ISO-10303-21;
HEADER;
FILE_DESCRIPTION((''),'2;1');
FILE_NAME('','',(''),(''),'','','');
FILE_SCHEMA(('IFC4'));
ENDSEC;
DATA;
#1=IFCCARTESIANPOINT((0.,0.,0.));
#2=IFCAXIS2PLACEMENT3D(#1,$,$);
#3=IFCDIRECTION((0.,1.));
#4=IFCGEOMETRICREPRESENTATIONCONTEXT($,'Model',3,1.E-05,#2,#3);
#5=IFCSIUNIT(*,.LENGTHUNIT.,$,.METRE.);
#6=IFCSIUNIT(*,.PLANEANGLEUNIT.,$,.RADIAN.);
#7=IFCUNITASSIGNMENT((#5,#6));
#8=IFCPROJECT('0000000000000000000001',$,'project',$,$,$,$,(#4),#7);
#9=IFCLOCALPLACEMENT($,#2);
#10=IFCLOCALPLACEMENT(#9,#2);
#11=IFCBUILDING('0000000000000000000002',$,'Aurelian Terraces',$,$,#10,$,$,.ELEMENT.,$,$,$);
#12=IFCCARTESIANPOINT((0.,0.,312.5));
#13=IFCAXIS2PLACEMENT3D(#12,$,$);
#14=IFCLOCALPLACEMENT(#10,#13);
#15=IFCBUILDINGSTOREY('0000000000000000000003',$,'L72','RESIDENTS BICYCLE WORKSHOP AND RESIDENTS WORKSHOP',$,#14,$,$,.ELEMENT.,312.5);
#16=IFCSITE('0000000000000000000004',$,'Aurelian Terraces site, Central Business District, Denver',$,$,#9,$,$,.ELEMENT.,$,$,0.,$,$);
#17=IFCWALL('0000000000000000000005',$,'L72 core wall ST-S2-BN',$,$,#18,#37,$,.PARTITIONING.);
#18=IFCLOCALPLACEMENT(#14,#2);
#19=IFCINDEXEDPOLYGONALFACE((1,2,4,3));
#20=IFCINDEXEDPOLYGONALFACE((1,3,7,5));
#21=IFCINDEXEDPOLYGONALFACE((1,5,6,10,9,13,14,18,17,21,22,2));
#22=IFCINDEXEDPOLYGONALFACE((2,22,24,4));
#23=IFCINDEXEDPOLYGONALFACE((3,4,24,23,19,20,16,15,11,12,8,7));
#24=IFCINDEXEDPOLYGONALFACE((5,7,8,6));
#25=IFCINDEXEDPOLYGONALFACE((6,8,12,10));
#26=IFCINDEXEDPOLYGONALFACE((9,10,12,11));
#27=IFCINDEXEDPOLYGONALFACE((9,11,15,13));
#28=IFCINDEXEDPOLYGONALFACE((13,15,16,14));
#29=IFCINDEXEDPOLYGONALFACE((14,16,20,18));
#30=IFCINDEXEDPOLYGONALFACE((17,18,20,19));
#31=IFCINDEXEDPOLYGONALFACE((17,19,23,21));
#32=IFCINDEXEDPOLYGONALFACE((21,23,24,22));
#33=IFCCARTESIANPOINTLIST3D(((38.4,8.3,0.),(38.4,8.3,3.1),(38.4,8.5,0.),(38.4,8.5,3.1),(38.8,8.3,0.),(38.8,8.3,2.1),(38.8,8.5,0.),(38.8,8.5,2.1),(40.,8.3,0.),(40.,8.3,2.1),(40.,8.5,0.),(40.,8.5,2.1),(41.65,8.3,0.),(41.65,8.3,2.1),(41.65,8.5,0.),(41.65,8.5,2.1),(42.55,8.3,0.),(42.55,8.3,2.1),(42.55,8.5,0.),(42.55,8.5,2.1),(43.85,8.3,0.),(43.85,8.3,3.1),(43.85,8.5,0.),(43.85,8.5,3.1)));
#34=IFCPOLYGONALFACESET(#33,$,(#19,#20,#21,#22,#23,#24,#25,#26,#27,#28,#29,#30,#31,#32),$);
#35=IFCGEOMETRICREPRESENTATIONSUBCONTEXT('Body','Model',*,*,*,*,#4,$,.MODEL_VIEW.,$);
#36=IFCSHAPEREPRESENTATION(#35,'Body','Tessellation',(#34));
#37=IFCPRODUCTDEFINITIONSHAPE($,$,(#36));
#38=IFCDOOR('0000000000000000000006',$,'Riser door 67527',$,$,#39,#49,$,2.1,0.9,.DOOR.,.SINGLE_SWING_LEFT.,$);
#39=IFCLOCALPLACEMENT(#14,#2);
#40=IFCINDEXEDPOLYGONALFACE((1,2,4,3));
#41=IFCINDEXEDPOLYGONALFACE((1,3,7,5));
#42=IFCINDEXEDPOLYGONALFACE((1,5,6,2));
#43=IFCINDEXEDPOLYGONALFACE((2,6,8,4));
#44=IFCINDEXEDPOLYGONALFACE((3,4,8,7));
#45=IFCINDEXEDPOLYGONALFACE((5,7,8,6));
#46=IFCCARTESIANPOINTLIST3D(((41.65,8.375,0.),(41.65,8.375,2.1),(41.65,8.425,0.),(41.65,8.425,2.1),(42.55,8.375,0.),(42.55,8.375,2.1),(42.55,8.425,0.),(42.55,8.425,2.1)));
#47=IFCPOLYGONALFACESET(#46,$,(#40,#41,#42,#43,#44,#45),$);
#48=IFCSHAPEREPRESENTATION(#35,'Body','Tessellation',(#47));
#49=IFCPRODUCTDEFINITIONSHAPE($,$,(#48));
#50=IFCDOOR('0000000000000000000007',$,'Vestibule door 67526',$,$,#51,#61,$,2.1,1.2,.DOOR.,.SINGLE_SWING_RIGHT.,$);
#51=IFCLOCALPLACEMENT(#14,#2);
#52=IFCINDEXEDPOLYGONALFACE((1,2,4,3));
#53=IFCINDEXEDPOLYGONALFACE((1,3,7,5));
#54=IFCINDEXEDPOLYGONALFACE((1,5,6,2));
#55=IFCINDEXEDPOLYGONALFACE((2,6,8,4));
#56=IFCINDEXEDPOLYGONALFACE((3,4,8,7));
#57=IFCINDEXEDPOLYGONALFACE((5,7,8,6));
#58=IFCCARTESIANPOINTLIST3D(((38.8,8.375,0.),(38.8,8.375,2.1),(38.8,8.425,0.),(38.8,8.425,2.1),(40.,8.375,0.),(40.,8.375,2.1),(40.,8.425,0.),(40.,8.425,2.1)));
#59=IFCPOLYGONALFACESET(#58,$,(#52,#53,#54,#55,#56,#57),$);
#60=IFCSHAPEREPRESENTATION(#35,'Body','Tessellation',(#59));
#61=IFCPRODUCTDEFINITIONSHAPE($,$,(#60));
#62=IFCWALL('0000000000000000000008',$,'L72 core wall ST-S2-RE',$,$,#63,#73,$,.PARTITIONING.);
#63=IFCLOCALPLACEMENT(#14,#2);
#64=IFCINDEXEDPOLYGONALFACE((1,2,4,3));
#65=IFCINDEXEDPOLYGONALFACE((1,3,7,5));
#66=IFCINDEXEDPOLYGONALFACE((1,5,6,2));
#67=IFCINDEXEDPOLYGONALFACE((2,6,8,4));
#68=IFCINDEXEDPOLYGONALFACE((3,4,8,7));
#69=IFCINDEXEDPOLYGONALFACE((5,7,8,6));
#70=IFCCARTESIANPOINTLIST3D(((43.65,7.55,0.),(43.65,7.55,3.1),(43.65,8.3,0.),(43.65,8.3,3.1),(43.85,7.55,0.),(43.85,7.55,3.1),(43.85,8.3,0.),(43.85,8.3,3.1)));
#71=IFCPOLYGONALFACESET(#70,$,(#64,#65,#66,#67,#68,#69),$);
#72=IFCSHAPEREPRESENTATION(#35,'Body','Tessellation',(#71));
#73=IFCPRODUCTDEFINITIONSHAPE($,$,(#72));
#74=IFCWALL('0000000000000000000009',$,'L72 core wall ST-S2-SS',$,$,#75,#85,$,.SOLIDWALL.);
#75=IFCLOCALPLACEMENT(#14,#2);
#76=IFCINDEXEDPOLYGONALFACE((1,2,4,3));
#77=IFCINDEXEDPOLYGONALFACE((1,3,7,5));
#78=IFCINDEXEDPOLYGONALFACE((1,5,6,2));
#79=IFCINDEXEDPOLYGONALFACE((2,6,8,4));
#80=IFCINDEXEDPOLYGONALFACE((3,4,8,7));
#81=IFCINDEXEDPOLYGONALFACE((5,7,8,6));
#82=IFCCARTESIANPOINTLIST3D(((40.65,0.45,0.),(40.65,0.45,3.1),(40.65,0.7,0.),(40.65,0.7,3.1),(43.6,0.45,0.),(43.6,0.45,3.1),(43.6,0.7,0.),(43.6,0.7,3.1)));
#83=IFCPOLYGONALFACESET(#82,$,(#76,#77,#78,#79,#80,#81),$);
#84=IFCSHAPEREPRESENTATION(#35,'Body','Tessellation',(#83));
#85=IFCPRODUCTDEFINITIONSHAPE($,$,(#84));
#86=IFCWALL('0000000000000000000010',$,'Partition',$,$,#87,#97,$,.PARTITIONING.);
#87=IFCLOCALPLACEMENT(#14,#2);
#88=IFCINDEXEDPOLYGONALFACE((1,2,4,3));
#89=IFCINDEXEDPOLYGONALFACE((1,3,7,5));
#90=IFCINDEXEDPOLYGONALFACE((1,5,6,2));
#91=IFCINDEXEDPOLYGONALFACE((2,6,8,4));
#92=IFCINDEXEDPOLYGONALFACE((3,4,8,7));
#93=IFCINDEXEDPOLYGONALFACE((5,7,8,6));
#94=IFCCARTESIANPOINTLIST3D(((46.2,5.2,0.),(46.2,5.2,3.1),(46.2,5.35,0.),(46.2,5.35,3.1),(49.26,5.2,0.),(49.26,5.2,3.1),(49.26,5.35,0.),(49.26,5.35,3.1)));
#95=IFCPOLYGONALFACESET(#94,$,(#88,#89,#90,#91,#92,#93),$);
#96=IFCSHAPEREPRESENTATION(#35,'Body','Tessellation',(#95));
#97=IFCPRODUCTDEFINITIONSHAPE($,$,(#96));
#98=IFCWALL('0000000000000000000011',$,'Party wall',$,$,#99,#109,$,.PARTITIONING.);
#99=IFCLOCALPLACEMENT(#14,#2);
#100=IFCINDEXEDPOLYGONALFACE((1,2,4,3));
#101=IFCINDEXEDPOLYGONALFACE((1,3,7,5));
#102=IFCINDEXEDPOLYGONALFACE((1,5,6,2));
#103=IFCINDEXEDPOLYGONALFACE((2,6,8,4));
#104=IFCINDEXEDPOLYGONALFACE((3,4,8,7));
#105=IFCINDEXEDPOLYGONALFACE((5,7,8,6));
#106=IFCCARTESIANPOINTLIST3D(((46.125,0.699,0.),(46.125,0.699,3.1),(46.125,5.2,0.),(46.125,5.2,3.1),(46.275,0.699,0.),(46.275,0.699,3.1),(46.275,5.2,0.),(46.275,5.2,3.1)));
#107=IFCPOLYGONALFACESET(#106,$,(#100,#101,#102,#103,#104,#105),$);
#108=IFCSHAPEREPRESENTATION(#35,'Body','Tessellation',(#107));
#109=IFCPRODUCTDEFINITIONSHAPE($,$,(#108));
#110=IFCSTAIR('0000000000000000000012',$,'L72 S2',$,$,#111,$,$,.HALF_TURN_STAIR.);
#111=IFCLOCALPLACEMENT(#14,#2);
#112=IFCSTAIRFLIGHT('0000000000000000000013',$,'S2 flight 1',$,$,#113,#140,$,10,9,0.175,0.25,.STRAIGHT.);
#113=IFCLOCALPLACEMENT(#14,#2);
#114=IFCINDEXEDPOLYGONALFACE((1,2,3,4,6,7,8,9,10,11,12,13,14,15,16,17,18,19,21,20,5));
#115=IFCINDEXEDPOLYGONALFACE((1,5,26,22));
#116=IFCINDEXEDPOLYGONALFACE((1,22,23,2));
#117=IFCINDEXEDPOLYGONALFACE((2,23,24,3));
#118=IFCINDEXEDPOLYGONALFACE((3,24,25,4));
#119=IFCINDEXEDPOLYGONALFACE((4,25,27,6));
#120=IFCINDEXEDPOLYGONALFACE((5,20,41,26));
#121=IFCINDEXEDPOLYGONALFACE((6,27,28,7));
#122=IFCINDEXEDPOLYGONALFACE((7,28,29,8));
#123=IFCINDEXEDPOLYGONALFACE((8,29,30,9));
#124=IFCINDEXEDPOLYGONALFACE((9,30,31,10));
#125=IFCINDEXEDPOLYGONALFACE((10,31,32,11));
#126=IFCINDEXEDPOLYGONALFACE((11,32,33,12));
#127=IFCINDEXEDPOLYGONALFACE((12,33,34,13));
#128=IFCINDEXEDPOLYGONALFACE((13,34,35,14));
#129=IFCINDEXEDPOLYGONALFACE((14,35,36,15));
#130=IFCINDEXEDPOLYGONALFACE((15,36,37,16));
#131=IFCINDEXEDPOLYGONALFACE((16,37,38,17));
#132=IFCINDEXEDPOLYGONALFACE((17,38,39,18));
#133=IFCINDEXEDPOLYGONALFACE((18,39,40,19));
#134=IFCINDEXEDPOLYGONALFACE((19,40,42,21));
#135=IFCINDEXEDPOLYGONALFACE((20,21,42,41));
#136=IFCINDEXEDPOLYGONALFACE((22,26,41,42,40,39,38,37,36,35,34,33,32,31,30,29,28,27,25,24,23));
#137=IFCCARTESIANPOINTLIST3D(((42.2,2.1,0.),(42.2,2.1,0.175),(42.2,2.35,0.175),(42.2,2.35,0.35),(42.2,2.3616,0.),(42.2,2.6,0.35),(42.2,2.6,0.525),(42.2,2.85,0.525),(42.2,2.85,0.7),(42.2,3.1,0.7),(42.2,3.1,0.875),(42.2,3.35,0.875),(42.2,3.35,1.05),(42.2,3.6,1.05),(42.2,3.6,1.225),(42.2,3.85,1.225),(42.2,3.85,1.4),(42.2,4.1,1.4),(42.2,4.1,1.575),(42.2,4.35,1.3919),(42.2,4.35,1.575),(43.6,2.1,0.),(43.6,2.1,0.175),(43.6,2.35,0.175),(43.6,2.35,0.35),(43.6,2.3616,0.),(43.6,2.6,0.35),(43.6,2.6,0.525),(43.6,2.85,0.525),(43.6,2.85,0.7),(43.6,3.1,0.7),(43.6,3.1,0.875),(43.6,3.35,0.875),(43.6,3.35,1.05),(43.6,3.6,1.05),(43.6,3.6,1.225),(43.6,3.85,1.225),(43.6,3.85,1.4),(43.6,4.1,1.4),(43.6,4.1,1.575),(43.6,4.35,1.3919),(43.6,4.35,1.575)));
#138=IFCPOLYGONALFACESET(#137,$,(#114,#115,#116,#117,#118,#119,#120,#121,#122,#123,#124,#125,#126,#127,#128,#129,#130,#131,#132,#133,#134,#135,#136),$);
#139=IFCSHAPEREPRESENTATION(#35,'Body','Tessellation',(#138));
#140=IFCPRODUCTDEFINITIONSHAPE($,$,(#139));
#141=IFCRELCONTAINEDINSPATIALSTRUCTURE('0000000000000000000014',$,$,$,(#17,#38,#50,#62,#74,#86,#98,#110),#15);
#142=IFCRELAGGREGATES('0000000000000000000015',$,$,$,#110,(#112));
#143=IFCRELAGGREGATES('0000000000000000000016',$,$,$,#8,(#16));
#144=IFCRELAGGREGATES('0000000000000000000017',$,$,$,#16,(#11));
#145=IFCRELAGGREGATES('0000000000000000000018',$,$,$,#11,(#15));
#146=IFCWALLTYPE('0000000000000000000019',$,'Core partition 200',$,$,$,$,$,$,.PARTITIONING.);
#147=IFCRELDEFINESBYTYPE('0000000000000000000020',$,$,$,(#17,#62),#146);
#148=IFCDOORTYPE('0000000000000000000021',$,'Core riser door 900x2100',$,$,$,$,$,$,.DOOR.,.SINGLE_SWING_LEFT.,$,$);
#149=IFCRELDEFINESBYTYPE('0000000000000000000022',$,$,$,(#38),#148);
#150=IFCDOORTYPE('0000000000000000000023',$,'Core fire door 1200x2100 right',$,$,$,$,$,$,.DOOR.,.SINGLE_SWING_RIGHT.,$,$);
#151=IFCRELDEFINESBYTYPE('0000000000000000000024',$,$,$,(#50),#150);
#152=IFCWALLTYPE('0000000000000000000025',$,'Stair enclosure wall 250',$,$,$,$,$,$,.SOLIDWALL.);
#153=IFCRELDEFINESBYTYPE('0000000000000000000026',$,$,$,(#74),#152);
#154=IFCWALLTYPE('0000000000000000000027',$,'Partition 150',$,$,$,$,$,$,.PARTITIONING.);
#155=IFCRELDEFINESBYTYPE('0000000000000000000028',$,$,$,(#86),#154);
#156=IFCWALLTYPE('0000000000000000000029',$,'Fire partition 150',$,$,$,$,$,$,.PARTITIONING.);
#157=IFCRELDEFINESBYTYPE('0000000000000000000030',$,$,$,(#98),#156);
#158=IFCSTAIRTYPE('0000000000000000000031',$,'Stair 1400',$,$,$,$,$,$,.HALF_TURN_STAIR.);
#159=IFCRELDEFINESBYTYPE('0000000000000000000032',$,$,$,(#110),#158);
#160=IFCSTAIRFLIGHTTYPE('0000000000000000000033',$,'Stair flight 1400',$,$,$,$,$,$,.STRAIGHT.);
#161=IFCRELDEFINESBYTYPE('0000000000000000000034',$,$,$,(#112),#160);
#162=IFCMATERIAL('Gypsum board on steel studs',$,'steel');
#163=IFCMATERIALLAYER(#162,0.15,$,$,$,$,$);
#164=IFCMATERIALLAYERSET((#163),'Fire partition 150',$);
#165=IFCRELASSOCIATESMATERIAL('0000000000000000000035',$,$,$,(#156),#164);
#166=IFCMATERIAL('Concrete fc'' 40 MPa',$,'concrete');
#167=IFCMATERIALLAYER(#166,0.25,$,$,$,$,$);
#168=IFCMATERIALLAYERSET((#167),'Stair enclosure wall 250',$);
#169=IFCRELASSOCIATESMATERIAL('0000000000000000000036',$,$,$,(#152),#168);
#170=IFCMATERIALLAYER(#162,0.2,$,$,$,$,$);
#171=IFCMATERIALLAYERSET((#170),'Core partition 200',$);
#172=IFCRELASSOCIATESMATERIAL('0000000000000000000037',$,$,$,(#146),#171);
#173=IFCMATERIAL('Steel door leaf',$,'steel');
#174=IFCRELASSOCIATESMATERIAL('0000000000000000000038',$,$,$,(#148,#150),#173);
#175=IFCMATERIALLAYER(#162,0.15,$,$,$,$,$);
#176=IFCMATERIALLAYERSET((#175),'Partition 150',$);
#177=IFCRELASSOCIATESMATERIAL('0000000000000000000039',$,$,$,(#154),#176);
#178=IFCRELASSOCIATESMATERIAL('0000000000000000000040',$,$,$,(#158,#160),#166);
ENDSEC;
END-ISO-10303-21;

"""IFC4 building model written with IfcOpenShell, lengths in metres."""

from ifc_helpers import new_model, si_unit, direction, frame, frame_2d, origin, place, context, subcontext, project, spatial, polyline, rectangle, outline, extrude, source, transform, mapped, material, layer, layer_set, type_object, element, fill, aggregate, save


model = new_model("IFC4")

# Units and contexts
model_context = context("Model", 3, precision=1e-05, world=origin(), true_north=direction((0.0, 1.0)))
body_context = subcontext(model_context, "Body", "Model", "MODEL_VIEW")
ifc_project = project(units=[si_unit("LENGTHUNIT", "METRE"), si_unit("PLANEANGLEUNIT", "RADIAN")], contexts=[model_context])

# Site, building, storey
site_placement = place(None, origin())
site = spatial("IfcSite", under=ifc_project, at=site_placement, Name="Aurelian Terraces site, Central Business District, Denver", CompositionType="ELEMENT", RefElevation=0.0)
building_placement = place(site_placement, origin())
building = spatial("IfcBuilding", under=site, at=building_placement, Name="Aurelian Terraces", CompositionType="ELEMENT")
storey_placement = place(building_placement, frame((0.0, 0.0, 312.5)))
storey = spatial("IfcBuildingStorey", under=building, at=storey_placement, Name="L72", Description="RESIDENTS BICYCLE WORKSHOP AND RESIDENTS WORKSHOP", CompositionType="ELEMENT", Elevation=312.5)

# Shared definitions
ifc_material_1 = material(Name="Gypsum board on steel studs", Category="steel")
ifc_layer_1 = layer(ifc_material_1, 0.15)
ifc_layer_set_1 = layer_set([ifc_layer_1], Name="Fire partition 150")
wall_type_1 = type_object("IfcWallType", Name="Fire partition 150", PredefinedType="PARTITIONING", material=ifc_layer_set_1)

# Shared definitions
ifc_material_2 = material(Name="Concrete fc' 40 MPa", Category="concrete")

# Shared definitions
ifc_layer_2 = layer(ifc_material_2, 0.25)
ifc_layer_set_2 = layer_set([ifc_layer_2], Name="Stair enclosure wall 250")
wall_type_2 = type_object("IfcWallType", Name="Stair enclosure wall 250", PredefinedType="SOLIDWALL", material=ifc_layer_set_2)
ifc_material_3 = material(Name="Steel door leaf", Category="steel")

# Shared definitions
ifc_layer_3 = layer(ifc_material_1, 0.2)
ifc_layer_set_3 = layer_set([ifc_layer_3], Name="Core partition 200")
wall_type_3 = type_object("IfcWallType", Name="Core partition 200", PredefinedType="PARTITIONING", material=ifc_layer_set_3)

# Wall, openings, doors
shared_shape_1 = source(origin(), body_context, "Body", "SweptSolid", [
    extrude(rectangle(XDim=5.45, YDim=0.2, at=frame_2d((2.725, 0.0))), origin(), (0.0, 0.0, 1.0), 3.1),
])
wall_1_placement = place(storey_placement, frame((38.4, 8.4, 0.0), z_axis=(0.0, 0.0, 1.0), x_axis=(1.0, 0.0, 0.0)))
wall_1 = element("IfcWall", 1, at=wall_1_placement, inside=storey, type_object=wall_type_3, Name="L72 core wall ST-S2-BN", PredefinedType="PARTITIONING", context=body_context, shape_type="MappedRepresentation", body=[
    mapped(shared_shape_1, transform((0.0, 0.0, 0.0), scale=1.0)),
])
shared_shape_2 = source(origin(), body_context, "Body", "SweptSolid", [
    extrude(rectangle(XDim=1.2, YDim=2.1, at=frame_2d((0.6, 1.05))), frame((0.0, 0.11, 0.0), z_axis=(0.0, -1.0, 0.0), x_axis=(1.0, 0.0, 0.0)), (0.0, 0.0, 1.0), 0.22),
])
opening_1_placement = place(wall_1_placement, frame((0.4, 0.0, 0.0)))
opening_1 = element("IfcOpeningElement", 2, at=opening_1_placement, cuts=wall_1, PredefinedType="OPENING", context=body_context, shape_type="MappedRepresentation", body=[
    mapped(shared_shape_2, transform((0.0, 0.0, 0.0), scale=1.0)),
])
shared_shape_3 = source(origin(), body_context, "Body", "SweptSolid", [
    extrude(rectangle(XDim=0.9, YDim=2.1, at=frame_2d((0.45, 1.05))), frame((0.0, 0.11, 0.0), z_axis=(0.0, -1.0, 0.0), x_axis=(1.0, 0.0, 0.0)), (0.0, 0.0, 1.0), 0.22),
])
opening_2_placement = place(wall_1_placement, frame((3.25, 0.0, 0.0)))
opening_2 = element("IfcOpeningElement", 3, at=opening_2_placement, cuts=wall_1, PredefinedType="OPENING", context=body_context, shape_type="MappedRepresentation", body=[
    mapped(shared_shape_3, transform((0.0, 0.0, 0.0), scale=1.0)),
])
door_type_1 = type_object("IfcDoorType", Name="Core riser door 900x2100", OperationType="SINGLE_SWING_LEFT", PredefinedType="DOOR", material=ifc_material_3)
shared_shape_4 = source(origin(), body_context, "Body", "SweptSolid", [
    extrude(rectangle(XDim=0.9, YDim=2.1, at=frame_2d((0.45, 1.05))), frame((0.0, 0.025, 0.0), z_axis=(0.0, -1.0, 0.0), x_axis=(1.0, 0.0, 0.0)), (0.0, 0.0, 1.0), 0.05),
])
door_1_placement = place(opening_2_placement, origin())
door_1 = element("IfcDoor", 4, at=door_1_placement, inside=storey, type_object=door_type_1, Name="Riser door 67527", OperationType="SINGLE_SWING_LEFT", OverallHeight=2.1, OverallWidth=0.9, PredefinedType="DOOR", context=body_context, shape_type="MappedRepresentation", body=[
    mapped(shared_shape_4, transform((0.0, 0.0, 0.0), scale=1.0)),
])
fill(opening_2, door_1)
door_type_2 = type_object("IfcDoorType", Name="Core fire door 1200x2100 right", OperationType="SINGLE_SWING_RIGHT", PredefinedType="DOOR", material=ifc_material_3)
shared_shape_5 = source(origin(), body_context, "Body", "SweptSolid", [
    extrude(rectangle(XDim=1.2, YDim=2.1, at=frame_2d((0.6, 1.05))), frame((0.0, 0.025, 0.0), z_axis=(0.0, -1.0, 0.0), x_axis=(1.0, 0.0, 0.0)), (0.0, 0.0, 1.0), 0.05),
])
door_2_placement = place(opening_1_placement, origin())
door_2 = element("IfcDoor", 5, at=door_2_placement, inside=storey, type_object=door_type_2, Name="Vestibule door 67526", OperationType="SINGLE_SWING_RIGHT", OverallHeight=2.1, OverallWidth=1.2, PredefinedType="DOOR", context=body_context, shape_type="MappedRepresentation", body=[
    mapped(shared_shape_5, transform((0.0, 0.0, 0.0), scale=1.0)),
])
fill(opening_1, door_2)

# Walls
shared_shape_6 = source(origin(), body_context, "Body", "SweptSolid", [
    extrude(rectangle(XDim=0.75, YDim=0.2, at=frame_2d((0.375, 0.0))), origin(), (0.0, 0.0, 1.0), 3.1),
])
wall_2_placement = place(storey_placement, frame((43.75, 7.55, 0.0), z_axis=(0.0, 0.0, 1.0), x_axis=(0.0, 1.0, 0.0)))
element("IfcWall", 6, at=wall_2_placement, inside=storey, type_object=wall_type_3, Name="L72 core wall ST-S2-RE", PredefinedType="PARTITIONING", context=body_context, shape_type="MappedRepresentation", body=[
    mapped(shared_shape_6, transform((0.0, 0.0, 0.0), scale=1.0)),
])
shared_shape_7 = source(origin(), body_context, "Body", "SweptSolid", [
    extrude(rectangle(XDim=2.95, YDim=0.25, at=frame_2d((1.475, 0.0))), origin(), (0.0, 0.0, 1.0), 3.1),
])
wall_3_placement = place(storey_placement, frame((40.65, 0.575, 0.0), z_axis=(0.0, 0.0, 1.0), x_axis=(1.0, 0.0, 0.0)))
element("IfcWall", 7, at=wall_3_placement, inside=storey, type_object=wall_type_2, Name="L72 core wall ST-S2-SS", PredefinedType="SOLIDWALL", context=body_context, shape_type="MappedRepresentation", body=[
    mapped(shared_shape_7, transform((0.0, 0.0, 0.0), scale=1.0)),
])
ifc_layer_4 = layer(ifc_material_1, 0.15)
ifc_layer_set_4 = layer_set([ifc_layer_4], Name="Partition 150")
wall_type_4 = type_object("IfcWallType", Name="Partition 150", PredefinedType="PARTITIONING", material=ifc_layer_set_4)
shared_shape_8 = source(origin(), body_context, "Body", "SweptSolid", [
    extrude(rectangle(XDim=3.06, YDim=0.15, at=frame_2d((1.53, 0.0))), origin(), (0.0, 0.0, 1.0), 3.1),
])
wall_4_placement = place(storey_placement, frame((49.26, 5.275, 0.0), z_axis=(0.0, 0.0, 1.0), x_axis=(-1.0, 0.0, 0.0)))
element("IfcWall", 8, at=wall_4_placement, inside=storey, type_object=wall_type_4, Name="Partition", PredefinedType="PARTITIONING", context=body_context, shape_type="MappedRepresentation", body=[
    mapped(shared_shape_8, transform((0.0, 0.0, 0.0), scale=1.0)),
])
shared_shape_9 = source(origin(), body_context, "Body", "SweptSolid", [
    extrude(rectangle(XDim=4.501, YDim=0.15, at=frame_2d((2.2505, 0.0))), origin(), (0.0, 0.0, 1.0), 3.1),
])
wall_5_placement = place(storey_placement, frame((46.2, 0.699, 0.0), z_axis=(0.0, 0.0, 1.0), x_axis=(0.0, 1.0, 0.0)))
element("IfcWall", 9, at=wall_5_placement, inside=storey, type_object=wall_type_1, Name="Party wall", PredefinedType="PARTITIONING", context=body_context, shape_type="MappedRepresentation", body=[
    mapped(shared_shape_9, transform((0.0, 0.0, 0.0), scale=1.0)),
])

# Stair, stair flight
stair_type = type_object("IfcStairType", Name="Stair 1400", PredefinedType="HALF_TURN_STAIR", material=ifc_material_2)
stair_placement = place(storey_placement, origin())
stair = element("IfcStair", 10, at=stair_placement, inside=storey, type_object=stair_type, Name="L72 S2", PredefinedType="HALF_TURN_STAIR")
stair_flight_type = type_object("IfcStairFlightType", Name="Stair flight 1400", PredefinedType="STRAIGHT", material=ifc_material_2)
shared_shape_10 = source(origin(), body_context, "Body", "SweptSolid", [
    extrude(outline(polyline([(0.0, 0.0), (0.0, 0.175), (0.25, 0.175), (0.25, 0.35), (0.5, 0.35), (0.5, 0.525), (0.75, 0.525), (0.75, 0.7), (1.0, 0.7), (1.0, 0.875), (1.25, 0.875), (1.25, 1.05), (1.5, 1.05), (1.5, 1.225), (1.75, 1.225), (1.75, 1.4), (2.0, 1.4), (2.0, 1.575), (2.25, 1.575), (2.25, 1.75), (2.25, 1.3919), (0.2616, 0.0), (0.0, 0.0)])), frame((0.0, 0.7, 0.0), z_axis=(0.0, -1.0, 0.0), x_axis=(1.0, 0.0, 0.0)), (0.0, 0.0, 1.0), 1.4),
])
stair_flight_1_placement = place(storey_placement, frame((42.9, 2.1, 0.0), z_axis=(0.0, 0.0, 1.0), x_axis=(0.0, 1.0, 0.0)))
stair_flight_1 = element("IfcStairFlight", 11, at=stair_flight_1_placement, type_object=stair_flight_type, Name="S2 flight 1", NumberOfRisers=10, NumberOfTreads=9, PredefinedType="STRAIGHT", RiserHeight=0.175, TreadLength=0.25, context=body_context, shape_type="MappedRepresentation", body=[
    mapped(shared_shape_10, transform((0.0, 0.0, 0.0), scale=1.0)),
])
aggregate(stair, [stair_flight_1])

save(model, "model.ifc")
